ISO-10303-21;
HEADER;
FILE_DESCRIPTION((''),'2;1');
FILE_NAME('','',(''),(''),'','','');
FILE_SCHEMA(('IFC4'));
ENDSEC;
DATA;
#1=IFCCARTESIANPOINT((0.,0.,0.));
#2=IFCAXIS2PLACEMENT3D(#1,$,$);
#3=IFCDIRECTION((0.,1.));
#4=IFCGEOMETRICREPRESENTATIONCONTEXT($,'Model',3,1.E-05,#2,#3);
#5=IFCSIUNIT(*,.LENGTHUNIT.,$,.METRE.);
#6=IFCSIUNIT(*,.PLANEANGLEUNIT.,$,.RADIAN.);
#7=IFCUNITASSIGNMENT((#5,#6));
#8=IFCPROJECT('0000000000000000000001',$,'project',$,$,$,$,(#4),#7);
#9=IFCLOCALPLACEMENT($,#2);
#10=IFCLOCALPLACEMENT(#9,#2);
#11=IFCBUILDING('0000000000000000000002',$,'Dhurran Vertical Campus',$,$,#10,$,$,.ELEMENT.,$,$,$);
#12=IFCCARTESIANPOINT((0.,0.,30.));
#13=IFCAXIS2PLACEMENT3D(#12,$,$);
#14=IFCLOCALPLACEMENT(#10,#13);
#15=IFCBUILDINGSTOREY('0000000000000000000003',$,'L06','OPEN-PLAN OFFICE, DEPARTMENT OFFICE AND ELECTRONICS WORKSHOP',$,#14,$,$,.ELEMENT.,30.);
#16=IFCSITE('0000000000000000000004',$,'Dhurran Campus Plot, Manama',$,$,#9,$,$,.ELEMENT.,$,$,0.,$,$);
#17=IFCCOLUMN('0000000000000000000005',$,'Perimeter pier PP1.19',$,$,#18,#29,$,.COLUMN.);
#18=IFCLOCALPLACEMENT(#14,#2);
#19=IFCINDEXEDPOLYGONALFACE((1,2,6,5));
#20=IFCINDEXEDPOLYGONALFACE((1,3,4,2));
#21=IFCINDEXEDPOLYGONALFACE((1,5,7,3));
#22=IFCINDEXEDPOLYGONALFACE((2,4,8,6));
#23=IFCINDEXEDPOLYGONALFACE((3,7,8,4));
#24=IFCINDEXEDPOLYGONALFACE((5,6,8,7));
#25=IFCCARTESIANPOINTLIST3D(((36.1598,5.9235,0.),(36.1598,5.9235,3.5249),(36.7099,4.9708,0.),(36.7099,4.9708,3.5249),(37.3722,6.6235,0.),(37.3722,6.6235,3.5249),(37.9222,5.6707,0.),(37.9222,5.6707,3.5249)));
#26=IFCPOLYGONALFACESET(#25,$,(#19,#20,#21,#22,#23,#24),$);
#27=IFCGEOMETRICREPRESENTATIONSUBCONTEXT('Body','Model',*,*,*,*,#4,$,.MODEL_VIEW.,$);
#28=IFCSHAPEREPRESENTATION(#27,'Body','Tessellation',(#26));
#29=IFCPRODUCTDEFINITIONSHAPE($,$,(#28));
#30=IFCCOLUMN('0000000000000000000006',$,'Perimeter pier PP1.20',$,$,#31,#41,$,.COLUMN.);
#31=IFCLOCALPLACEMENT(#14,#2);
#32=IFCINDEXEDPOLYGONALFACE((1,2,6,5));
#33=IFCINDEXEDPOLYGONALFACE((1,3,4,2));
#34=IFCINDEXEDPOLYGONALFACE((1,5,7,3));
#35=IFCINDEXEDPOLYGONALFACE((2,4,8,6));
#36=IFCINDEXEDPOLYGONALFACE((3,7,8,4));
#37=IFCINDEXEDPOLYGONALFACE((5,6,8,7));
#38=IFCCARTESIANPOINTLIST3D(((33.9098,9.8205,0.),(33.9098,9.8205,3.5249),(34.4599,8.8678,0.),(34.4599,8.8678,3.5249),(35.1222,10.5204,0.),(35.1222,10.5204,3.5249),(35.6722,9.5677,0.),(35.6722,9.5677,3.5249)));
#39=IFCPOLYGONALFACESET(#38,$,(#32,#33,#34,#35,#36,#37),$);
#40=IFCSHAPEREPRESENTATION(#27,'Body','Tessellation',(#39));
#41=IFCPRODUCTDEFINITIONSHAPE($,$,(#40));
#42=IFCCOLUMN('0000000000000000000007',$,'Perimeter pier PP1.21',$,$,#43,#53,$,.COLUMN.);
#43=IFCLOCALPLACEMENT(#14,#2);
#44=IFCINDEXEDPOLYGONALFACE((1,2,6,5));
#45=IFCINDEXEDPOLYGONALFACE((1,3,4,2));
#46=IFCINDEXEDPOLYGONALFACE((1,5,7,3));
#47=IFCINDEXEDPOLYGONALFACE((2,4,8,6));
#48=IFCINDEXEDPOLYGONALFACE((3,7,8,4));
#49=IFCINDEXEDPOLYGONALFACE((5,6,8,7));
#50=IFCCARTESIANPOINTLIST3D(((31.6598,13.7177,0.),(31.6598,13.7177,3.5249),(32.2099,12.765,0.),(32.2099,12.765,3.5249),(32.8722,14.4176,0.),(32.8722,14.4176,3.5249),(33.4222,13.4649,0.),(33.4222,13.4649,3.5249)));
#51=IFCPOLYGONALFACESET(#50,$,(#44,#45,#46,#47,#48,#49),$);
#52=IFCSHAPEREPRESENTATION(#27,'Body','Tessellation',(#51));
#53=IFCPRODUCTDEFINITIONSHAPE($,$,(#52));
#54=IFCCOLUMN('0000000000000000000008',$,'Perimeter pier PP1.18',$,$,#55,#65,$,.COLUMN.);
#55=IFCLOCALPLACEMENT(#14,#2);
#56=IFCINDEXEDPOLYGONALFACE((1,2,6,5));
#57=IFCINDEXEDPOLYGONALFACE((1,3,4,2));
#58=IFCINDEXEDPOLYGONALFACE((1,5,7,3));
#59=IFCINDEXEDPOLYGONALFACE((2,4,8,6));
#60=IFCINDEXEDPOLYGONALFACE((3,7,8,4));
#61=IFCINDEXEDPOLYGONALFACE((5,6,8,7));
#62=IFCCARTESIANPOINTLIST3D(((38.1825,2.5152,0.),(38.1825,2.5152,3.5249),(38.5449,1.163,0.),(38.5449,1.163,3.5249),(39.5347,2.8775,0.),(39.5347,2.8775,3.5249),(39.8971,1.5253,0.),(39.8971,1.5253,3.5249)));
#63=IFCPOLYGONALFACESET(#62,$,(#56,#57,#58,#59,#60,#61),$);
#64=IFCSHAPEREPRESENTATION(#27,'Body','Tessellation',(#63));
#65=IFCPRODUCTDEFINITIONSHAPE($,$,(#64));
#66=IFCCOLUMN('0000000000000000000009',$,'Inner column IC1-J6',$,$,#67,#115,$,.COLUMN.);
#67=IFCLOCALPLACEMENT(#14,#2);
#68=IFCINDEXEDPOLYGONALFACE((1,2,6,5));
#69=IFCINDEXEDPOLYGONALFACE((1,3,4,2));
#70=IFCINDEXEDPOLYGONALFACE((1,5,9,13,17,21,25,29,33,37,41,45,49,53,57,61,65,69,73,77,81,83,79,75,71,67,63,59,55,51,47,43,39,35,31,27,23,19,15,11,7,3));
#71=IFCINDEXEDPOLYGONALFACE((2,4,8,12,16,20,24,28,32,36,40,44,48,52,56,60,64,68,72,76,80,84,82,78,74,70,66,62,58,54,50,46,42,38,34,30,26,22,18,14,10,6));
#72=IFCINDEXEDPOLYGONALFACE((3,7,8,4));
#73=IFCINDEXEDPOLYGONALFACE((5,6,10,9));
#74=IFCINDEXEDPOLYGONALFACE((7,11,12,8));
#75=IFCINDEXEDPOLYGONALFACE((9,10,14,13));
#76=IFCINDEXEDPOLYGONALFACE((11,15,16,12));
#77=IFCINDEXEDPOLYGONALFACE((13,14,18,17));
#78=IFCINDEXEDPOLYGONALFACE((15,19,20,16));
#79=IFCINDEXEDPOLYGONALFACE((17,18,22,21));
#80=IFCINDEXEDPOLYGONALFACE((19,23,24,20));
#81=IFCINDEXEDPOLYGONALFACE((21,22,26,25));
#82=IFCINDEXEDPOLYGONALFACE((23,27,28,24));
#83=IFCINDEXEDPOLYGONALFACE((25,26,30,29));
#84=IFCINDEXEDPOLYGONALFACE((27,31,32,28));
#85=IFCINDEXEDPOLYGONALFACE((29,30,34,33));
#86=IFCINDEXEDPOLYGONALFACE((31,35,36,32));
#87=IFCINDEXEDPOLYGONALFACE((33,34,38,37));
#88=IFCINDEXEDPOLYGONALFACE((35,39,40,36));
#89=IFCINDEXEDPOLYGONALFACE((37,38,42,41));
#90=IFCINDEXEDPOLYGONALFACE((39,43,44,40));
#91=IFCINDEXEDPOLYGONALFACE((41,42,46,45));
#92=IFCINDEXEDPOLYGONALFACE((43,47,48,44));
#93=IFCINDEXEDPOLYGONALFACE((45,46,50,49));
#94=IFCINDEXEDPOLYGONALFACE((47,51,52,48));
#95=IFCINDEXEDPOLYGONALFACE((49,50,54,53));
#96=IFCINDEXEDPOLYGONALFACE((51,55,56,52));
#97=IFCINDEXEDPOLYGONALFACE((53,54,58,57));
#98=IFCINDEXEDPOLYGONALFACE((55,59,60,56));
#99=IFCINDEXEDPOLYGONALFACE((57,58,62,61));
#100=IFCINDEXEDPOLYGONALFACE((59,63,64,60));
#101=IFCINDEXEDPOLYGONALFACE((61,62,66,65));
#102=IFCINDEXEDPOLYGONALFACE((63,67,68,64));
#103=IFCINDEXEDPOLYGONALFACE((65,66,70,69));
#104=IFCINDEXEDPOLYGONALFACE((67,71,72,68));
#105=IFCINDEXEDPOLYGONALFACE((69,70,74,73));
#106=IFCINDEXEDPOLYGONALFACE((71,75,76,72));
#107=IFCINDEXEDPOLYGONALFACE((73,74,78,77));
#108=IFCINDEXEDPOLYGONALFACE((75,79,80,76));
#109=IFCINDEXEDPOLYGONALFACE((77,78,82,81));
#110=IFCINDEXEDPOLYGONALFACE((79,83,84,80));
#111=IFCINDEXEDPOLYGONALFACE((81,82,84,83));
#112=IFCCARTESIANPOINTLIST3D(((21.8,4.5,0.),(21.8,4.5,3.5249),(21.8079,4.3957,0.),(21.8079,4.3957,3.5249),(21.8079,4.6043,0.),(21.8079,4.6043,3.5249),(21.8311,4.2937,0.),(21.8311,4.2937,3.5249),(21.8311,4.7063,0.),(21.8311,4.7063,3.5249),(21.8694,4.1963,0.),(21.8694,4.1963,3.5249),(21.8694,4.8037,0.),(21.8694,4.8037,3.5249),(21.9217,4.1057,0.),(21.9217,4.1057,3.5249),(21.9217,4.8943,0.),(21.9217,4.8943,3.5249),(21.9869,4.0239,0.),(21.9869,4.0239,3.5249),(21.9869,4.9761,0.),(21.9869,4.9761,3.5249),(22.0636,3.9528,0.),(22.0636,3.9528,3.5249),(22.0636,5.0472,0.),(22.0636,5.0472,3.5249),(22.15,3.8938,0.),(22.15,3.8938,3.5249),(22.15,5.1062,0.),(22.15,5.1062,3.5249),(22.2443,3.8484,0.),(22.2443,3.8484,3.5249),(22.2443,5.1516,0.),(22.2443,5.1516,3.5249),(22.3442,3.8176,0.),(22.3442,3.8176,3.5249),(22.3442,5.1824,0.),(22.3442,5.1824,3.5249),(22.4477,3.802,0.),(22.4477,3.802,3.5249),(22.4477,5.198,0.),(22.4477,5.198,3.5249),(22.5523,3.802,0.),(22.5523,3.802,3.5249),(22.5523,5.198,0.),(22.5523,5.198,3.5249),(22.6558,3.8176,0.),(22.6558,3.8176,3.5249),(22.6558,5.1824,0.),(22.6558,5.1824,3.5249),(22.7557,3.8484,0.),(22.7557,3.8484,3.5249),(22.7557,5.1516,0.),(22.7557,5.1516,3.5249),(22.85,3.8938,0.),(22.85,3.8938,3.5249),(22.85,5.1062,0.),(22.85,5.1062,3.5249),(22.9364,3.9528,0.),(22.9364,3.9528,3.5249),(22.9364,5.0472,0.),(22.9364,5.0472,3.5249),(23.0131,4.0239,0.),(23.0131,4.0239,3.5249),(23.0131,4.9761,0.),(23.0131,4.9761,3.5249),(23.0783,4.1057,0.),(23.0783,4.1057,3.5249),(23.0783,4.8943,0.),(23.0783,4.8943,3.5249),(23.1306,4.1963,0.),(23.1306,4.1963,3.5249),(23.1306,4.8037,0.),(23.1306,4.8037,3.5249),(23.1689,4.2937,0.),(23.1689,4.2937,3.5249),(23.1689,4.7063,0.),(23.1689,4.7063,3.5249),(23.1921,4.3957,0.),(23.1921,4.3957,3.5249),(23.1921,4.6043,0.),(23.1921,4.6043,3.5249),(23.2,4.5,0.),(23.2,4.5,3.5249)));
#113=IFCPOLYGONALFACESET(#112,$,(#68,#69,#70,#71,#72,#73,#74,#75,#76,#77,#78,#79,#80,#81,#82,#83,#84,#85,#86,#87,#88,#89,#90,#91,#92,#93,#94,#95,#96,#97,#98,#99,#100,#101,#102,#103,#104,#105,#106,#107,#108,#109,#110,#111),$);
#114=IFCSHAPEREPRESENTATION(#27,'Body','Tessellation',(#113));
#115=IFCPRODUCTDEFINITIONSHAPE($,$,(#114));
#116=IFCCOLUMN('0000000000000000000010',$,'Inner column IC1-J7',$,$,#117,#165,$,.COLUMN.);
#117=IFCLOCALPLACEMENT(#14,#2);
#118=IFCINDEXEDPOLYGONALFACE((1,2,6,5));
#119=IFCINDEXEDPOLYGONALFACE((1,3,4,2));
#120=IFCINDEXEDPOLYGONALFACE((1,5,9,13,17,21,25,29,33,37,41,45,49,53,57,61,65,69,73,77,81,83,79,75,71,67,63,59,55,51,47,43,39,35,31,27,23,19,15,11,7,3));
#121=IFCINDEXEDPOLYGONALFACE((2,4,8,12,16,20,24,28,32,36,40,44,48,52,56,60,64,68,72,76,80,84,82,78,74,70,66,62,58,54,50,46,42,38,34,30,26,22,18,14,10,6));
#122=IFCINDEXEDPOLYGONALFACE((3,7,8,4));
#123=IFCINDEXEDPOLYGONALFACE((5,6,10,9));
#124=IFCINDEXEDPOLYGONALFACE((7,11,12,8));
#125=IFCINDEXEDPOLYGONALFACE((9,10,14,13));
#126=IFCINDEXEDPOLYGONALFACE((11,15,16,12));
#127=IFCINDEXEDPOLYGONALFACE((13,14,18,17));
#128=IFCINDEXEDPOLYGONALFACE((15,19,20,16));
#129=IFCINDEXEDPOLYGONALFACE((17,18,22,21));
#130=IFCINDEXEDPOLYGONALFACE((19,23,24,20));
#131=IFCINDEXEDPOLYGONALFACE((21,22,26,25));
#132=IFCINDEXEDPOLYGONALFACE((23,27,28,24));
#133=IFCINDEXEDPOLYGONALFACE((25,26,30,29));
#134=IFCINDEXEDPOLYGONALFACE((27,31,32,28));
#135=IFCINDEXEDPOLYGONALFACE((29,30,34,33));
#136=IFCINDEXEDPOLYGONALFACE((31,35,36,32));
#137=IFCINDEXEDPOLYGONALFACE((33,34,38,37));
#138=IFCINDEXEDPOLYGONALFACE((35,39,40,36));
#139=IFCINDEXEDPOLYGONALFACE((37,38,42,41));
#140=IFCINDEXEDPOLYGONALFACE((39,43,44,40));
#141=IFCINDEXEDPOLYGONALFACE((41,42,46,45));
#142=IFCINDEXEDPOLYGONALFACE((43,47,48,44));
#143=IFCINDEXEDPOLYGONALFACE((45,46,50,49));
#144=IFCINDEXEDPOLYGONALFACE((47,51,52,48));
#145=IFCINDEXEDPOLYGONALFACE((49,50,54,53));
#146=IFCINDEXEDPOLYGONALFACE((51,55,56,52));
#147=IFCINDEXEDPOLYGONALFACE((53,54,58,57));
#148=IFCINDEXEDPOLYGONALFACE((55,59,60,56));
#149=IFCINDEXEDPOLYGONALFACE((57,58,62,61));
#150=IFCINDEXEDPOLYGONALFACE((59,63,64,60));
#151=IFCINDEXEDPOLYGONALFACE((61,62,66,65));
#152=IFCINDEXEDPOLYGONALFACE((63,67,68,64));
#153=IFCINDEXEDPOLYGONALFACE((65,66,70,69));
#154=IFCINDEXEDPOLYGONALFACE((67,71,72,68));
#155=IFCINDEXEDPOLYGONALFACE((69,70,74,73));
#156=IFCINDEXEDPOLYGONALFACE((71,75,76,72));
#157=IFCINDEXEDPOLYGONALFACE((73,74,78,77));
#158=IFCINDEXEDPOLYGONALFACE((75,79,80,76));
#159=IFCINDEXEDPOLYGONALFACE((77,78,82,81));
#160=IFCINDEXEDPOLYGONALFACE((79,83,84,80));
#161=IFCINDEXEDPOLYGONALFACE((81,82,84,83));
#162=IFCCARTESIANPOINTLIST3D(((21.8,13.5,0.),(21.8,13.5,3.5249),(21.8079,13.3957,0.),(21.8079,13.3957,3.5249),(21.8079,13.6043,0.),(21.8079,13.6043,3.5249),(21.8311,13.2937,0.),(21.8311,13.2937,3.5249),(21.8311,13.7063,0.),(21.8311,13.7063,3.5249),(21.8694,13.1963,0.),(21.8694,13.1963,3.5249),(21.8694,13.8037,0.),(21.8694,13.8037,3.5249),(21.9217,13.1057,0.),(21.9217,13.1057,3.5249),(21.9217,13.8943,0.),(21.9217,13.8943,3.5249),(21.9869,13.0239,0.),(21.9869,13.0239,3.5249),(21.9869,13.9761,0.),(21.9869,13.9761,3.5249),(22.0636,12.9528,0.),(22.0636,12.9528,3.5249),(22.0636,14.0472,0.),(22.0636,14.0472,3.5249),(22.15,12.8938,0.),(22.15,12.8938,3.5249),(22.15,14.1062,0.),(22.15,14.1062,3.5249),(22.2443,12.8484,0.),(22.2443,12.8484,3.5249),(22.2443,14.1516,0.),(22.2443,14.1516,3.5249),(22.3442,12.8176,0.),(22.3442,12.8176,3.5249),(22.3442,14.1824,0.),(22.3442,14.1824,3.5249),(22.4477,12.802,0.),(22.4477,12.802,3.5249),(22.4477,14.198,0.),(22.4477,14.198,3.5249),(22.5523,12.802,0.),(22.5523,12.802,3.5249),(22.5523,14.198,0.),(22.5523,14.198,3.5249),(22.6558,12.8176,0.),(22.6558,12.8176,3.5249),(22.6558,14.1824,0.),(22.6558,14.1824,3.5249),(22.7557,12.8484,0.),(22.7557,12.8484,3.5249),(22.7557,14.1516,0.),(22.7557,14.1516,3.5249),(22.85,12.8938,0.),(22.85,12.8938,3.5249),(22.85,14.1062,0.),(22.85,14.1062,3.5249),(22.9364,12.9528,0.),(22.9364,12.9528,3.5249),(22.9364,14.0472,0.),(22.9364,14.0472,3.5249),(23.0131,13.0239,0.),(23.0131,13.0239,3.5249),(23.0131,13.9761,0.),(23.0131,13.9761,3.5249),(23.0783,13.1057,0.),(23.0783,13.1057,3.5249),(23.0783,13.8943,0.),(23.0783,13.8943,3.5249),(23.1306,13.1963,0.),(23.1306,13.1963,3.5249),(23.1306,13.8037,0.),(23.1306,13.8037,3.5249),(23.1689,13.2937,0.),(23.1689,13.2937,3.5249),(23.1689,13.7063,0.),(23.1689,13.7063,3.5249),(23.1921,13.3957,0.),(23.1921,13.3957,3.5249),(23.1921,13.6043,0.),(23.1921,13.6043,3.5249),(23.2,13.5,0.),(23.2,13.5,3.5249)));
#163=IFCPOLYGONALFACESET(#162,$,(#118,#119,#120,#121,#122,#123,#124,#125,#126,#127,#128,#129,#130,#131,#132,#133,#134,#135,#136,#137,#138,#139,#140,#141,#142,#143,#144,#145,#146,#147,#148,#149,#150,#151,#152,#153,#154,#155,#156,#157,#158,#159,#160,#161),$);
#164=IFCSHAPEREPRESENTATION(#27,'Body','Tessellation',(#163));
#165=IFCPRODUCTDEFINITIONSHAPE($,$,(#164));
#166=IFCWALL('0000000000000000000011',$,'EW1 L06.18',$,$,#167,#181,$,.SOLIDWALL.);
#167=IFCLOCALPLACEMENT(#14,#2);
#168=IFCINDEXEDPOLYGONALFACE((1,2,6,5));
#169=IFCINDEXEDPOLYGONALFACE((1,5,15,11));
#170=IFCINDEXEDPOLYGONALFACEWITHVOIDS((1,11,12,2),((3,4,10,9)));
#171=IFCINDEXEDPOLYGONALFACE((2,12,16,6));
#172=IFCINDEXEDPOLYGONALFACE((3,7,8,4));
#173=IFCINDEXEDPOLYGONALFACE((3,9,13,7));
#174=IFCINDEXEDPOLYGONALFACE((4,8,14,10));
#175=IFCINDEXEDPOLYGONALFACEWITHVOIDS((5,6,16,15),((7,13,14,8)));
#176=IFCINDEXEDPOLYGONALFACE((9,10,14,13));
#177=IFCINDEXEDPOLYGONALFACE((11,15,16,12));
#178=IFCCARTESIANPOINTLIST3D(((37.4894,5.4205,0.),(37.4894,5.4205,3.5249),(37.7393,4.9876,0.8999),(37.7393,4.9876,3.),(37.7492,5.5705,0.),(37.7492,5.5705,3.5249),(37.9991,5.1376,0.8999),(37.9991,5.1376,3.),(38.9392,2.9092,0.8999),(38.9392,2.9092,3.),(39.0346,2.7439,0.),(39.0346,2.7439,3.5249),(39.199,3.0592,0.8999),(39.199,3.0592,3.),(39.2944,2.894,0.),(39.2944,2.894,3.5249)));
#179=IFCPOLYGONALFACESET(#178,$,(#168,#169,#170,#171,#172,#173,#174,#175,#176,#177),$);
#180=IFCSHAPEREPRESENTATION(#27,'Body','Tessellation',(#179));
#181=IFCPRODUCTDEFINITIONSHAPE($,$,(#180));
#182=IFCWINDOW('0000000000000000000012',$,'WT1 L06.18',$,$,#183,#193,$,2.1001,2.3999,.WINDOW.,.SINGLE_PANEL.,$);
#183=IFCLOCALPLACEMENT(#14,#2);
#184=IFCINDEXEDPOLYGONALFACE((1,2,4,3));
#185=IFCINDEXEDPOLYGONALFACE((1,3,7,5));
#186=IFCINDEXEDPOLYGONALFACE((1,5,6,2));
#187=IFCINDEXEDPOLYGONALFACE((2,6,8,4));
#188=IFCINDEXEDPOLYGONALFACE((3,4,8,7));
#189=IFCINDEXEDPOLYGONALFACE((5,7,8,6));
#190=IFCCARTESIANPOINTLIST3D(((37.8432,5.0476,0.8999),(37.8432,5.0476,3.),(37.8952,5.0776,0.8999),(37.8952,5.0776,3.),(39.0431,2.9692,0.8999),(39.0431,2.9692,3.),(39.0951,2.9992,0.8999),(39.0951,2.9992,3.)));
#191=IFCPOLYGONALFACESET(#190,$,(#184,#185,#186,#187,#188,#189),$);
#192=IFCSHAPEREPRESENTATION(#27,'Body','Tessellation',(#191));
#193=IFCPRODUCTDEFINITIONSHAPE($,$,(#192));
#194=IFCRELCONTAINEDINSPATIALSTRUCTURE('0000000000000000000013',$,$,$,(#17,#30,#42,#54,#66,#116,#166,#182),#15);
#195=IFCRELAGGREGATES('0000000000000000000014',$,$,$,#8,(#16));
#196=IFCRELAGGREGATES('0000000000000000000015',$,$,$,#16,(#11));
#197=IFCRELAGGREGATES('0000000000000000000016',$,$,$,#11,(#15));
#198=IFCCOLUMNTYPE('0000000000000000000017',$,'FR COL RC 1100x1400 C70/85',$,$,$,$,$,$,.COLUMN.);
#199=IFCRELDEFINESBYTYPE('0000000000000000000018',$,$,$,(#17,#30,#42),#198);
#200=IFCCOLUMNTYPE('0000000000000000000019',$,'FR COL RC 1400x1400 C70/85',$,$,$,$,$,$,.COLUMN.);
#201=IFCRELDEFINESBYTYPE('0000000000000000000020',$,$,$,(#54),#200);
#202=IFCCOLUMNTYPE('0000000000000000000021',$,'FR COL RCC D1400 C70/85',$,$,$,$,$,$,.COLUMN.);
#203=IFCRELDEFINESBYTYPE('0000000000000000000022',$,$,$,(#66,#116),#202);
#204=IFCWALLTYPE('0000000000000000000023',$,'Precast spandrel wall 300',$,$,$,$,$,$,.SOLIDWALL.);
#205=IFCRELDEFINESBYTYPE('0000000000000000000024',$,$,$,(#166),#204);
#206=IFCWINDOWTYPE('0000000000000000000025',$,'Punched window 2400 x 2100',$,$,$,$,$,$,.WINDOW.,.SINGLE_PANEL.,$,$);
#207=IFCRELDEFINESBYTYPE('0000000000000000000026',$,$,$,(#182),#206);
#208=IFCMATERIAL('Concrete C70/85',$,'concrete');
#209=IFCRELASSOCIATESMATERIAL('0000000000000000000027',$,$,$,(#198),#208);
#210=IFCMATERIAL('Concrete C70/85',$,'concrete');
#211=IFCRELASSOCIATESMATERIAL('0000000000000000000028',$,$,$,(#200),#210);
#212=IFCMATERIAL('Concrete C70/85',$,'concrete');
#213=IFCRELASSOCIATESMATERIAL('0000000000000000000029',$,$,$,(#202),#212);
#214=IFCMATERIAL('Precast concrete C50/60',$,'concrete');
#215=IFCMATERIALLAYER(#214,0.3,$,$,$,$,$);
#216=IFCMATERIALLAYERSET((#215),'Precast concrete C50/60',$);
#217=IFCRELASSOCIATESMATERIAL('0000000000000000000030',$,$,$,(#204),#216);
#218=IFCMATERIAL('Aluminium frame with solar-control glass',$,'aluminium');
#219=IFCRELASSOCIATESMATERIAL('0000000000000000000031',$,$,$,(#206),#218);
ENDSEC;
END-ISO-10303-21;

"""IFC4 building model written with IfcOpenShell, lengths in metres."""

from ifc_helpers import new_model, si_unit, direction, frame, frame_2d, origin, origin_2d, place, context, subcontext, project, spatial, rectangle, circle, extrude, material, layer, layer_set, material_profile, profile_set, type_object, element, fill, save


model = new_model("IFC4")

# Units and contexts
model_context = context("Model", 3, precision=1e-05, world=origin(), true_north=direction((0.0, 1.0)))
body_context = subcontext(model_context, "Body", "Model", "MODEL_VIEW")
ifc_project = project(units=[si_unit("LENGTHUNIT", "METRE"), si_unit("PLANEANGLEUNIT", "RADIAN")], contexts=[model_context])

# Site, building, storey
site_placement = place(None, origin())
site = spatial("IfcSite", under=ifc_project, at=site_placement, Name="Dhurran Campus Plot, Manama", CompositionType="ELEMENT", RefElevation=0.0)
building_placement = place(site_placement, origin())
building = spatial("IfcBuilding", under=site, at=building_placement, Name="Dhurran Vertical Campus", CompositionType="ELEMENT")
storey_placement = place(building_placement, frame((0.0, 0.0, 30.0)))
storey = spatial("IfcBuildingStorey", under=building, at=storey_placement, Name="L06", Description="OPEN-PLAN OFFICE, DEPARTMENT OFFICE AND ELECTRONICS WORKSHOP", CompositionType="ELEMENT", Elevation=30.0)

# Columns
ifc_material_1 = material(Name="Concrete C70/85", Category="concrete")
ifc_material_profile_1 = material_profile(ifc_material_1, rectangle(XDim=1.1001, YDim=1.3999, at=origin_2d()), Name="RC 1100x1400")
ifc_profile_set_1 = profile_set([ifc_material_profile_1], Name="Concrete C70/85")
column_type_1 = type_object("IfcColumnType", Name="FR COL RC 1100x1400 C70/85", PredefinedType="COLUMN", material=ifc_profile_set_1)
for number, where, z_axis, x_axis, name in (
    (1, (37.041, 5.7971, 0.0), (0.0, 0.0, 1.0), (-0.5, 0.866025, 0.0), "Perimeter pier PP1.19"),
    (2, (34.791, 9.6941, 0.0), (0.0, 0.0, 1.0), (-0.5, 0.866025, 0.0), "Perimeter pier PP1.20"),
    (3, (32.541, 13.5913, 0.0), (0.0, 0.0, 1.0), (-0.5, 0.866025, 0.0), "Perimeter pier PP1.21"),
):
    element("IfcColumn", number, at=place(storey_placement, frame(where, z_axis=z_axis, x_axis=x_axis)), inside=storey, type_object=column_type_1, Name=name, PredefinedType="COLUMN", context=body_context, shape_type="SweptSolid", body=[
        extrude(rectangle(XDim=1.1001, YDim=1.3999, at=origin_2d()), origin(), (0.0, 0.0, 1.0), 3.5249),
    ])
ifc_material_2 = material(Name="Concrete C70/85", Category="concrete")
ifc_material_profile_2 = material_profile(ifc_material_2, rectangle(XDim=1.3999, YDim=1.3999, at=origin_2d()), Name="RC 1400x1400")
ifc_profile_set_2 = profile_set([ifc_material_profile_2], Name="Concrete C70/85")
column_type_2 = type_object("IfcColumnType", Name="FR COL RC 1400x1400 C70/85", PredefinedType="COLUMN", material=ifc_profile_set_2)
column_placement = place(storey_placement, frame((39.0398, 2.0203, 0.0), z_axis=(0.0, 0.0, 1.0), x_axis=(-0.258819, 0.965926, 0.0)))
element("IfcColumn", 4, at=column_placement, inside=storey, type_object=column_type_2, Name="Perimeter pier PP1.18", PredefinedType="COLUMN", context=body_context, shape_type="SweptSolid", body=[
    extrude(rectangle(XDim=1.3999, YDim=1.3999, at=origin_2d()), origin(), (0.0, 0.0, 1.0), 3.5249),
])
ifc_material_3 = material(Name="Concrete C70/85", Category="concrete")
ifc_material_profile_3 = material_profile(ifc_material_3, circle(Radius=0.7, at=origin_2d()), Name="RCC D1400")
ifc_profile_set_3 = profile_set([ifc_material_profile_3], Name="Concrete C70/85")
column_type_3 = type_object("IfcColumnType", Name="FR COL RCC D1400 C70/85", PredefinedType="COLUMN", material=ifc_profile_set_3)
for number, where, z_axis, x_axis, name in (
    (5, (22.5, 4.5, 0.0), (0.0, 0.0, 1.0), (1.0, 0.0, 0.0), "Inner column IC1-J6"),
    (6, (22.5, 13.5, 0.0), (0.0, 0.0, 1.0), (1.0, 0.0, 0.0), "Inner column IC1-J7"),
):
    element("IfcColumn", number, at=place(storey_placement, frame(where, z_axis=z_axis, x_axis=x_axis)), inside=storey, type_object=column_type_3, Name=name, PredefinedType="COLUMN", context=body_context, shape_type="SweptSolid", body=[
        extrude(circle(Radius=0.7, at=origin_2d()), origin(), (0.0, 0.0, 1.0), 3.5249),
    ])

# Wall, opening, window
ifc_material_4 = material(Name="Precast concrete C50/60", Category="concrete")
ifc_layer_1 = layer(ifc_material_4, 0.3)
ifc_layer_set_1 = layer_set([ifc_layer_1], Name="Precast concrete C50/60")
wall_type_1 = type_object("IfcWallType", Name="Precast spandrel wall 300", PredefinedType="SOLIDWALL", material=ifc_layer_set_1)
wall_1_placement = place(storey_placement, frame((39.1646, 2.8188, 0.0), z_axis=(0.0, 0.0, 1.0), x_axis=(-0.499971, 0.866042, 0.0)))
wall_1 = element("IfcWall", 7, at=wall_1_placement, inside=storey, type_object=wall_type_1, Name="EW1 L06.18", PredefinedType="SOLIDWALL", context=body_context, shape_type="SweptSolid", body=[
    extrude(rectangle(XDim=3.0906, YDim=0.3, at=frame_2d((1.5454, 0.0))), origin(), (0.0, 0.0, 1.0), 3.5249),
])
opening_1_placement = place(wall_1_placement, frame((0.1909, 0.0, 0.8999)))
opening_1 = element("IfcOpeningElement", 8, at=opening_1_placement, cuts=wall_1, PredefinedType="OPENING", context=body_context, shape_type="SweptSolid", body=[
    extrude(rectangle(XDim=2.3999, YDim=2.1001, at=frame_2d((1.2, 1.05))), frame((0.0, 0.1599, 0.0), z_axis=(0.0, -1.0, 0.0), x_axis=(1.0, 0.0, 0.0)), (0.0, 0.0, 1.0), 0.3201),
])
ifc_material_5 = material(Name="Aluminium frame with solar-control glass", Category="aluminium")
window_type = type_object("IfcWindowType", Name="Punched window 2400 x 2100", PartitioningType="SINGLE_PANEL", PredefinedType="WINDOW", material=ifc_material_5)
window_1_placement = place(opening_1_placement, origin())
window_1 = element("IfcWindow", 9, at=window_1_placement, inside=storey, type_object=window_type, Name="WT1 L06.18", OverallHeight=2.1001, OverallWidth=2.3999, PartitioningType="SINGLE_PANEL", PredefinedType="WINDOW", context=body_context, shape_type="SweptSolid", body=[
    extrude(rectangle(XDim=2.3999, YDim=2.1001, at=frame_2d((1.2, 1.05))), frame((0.0, 0.03, 0.0), z_axis=(0.0, -1.0, 0.0), x_axis=(1.0, 0.0, 0.0)), (0.0, 0.0, 1.0), 0.0601),
])
fill(opening_1, window_1)

save(model, "model.ifc")
